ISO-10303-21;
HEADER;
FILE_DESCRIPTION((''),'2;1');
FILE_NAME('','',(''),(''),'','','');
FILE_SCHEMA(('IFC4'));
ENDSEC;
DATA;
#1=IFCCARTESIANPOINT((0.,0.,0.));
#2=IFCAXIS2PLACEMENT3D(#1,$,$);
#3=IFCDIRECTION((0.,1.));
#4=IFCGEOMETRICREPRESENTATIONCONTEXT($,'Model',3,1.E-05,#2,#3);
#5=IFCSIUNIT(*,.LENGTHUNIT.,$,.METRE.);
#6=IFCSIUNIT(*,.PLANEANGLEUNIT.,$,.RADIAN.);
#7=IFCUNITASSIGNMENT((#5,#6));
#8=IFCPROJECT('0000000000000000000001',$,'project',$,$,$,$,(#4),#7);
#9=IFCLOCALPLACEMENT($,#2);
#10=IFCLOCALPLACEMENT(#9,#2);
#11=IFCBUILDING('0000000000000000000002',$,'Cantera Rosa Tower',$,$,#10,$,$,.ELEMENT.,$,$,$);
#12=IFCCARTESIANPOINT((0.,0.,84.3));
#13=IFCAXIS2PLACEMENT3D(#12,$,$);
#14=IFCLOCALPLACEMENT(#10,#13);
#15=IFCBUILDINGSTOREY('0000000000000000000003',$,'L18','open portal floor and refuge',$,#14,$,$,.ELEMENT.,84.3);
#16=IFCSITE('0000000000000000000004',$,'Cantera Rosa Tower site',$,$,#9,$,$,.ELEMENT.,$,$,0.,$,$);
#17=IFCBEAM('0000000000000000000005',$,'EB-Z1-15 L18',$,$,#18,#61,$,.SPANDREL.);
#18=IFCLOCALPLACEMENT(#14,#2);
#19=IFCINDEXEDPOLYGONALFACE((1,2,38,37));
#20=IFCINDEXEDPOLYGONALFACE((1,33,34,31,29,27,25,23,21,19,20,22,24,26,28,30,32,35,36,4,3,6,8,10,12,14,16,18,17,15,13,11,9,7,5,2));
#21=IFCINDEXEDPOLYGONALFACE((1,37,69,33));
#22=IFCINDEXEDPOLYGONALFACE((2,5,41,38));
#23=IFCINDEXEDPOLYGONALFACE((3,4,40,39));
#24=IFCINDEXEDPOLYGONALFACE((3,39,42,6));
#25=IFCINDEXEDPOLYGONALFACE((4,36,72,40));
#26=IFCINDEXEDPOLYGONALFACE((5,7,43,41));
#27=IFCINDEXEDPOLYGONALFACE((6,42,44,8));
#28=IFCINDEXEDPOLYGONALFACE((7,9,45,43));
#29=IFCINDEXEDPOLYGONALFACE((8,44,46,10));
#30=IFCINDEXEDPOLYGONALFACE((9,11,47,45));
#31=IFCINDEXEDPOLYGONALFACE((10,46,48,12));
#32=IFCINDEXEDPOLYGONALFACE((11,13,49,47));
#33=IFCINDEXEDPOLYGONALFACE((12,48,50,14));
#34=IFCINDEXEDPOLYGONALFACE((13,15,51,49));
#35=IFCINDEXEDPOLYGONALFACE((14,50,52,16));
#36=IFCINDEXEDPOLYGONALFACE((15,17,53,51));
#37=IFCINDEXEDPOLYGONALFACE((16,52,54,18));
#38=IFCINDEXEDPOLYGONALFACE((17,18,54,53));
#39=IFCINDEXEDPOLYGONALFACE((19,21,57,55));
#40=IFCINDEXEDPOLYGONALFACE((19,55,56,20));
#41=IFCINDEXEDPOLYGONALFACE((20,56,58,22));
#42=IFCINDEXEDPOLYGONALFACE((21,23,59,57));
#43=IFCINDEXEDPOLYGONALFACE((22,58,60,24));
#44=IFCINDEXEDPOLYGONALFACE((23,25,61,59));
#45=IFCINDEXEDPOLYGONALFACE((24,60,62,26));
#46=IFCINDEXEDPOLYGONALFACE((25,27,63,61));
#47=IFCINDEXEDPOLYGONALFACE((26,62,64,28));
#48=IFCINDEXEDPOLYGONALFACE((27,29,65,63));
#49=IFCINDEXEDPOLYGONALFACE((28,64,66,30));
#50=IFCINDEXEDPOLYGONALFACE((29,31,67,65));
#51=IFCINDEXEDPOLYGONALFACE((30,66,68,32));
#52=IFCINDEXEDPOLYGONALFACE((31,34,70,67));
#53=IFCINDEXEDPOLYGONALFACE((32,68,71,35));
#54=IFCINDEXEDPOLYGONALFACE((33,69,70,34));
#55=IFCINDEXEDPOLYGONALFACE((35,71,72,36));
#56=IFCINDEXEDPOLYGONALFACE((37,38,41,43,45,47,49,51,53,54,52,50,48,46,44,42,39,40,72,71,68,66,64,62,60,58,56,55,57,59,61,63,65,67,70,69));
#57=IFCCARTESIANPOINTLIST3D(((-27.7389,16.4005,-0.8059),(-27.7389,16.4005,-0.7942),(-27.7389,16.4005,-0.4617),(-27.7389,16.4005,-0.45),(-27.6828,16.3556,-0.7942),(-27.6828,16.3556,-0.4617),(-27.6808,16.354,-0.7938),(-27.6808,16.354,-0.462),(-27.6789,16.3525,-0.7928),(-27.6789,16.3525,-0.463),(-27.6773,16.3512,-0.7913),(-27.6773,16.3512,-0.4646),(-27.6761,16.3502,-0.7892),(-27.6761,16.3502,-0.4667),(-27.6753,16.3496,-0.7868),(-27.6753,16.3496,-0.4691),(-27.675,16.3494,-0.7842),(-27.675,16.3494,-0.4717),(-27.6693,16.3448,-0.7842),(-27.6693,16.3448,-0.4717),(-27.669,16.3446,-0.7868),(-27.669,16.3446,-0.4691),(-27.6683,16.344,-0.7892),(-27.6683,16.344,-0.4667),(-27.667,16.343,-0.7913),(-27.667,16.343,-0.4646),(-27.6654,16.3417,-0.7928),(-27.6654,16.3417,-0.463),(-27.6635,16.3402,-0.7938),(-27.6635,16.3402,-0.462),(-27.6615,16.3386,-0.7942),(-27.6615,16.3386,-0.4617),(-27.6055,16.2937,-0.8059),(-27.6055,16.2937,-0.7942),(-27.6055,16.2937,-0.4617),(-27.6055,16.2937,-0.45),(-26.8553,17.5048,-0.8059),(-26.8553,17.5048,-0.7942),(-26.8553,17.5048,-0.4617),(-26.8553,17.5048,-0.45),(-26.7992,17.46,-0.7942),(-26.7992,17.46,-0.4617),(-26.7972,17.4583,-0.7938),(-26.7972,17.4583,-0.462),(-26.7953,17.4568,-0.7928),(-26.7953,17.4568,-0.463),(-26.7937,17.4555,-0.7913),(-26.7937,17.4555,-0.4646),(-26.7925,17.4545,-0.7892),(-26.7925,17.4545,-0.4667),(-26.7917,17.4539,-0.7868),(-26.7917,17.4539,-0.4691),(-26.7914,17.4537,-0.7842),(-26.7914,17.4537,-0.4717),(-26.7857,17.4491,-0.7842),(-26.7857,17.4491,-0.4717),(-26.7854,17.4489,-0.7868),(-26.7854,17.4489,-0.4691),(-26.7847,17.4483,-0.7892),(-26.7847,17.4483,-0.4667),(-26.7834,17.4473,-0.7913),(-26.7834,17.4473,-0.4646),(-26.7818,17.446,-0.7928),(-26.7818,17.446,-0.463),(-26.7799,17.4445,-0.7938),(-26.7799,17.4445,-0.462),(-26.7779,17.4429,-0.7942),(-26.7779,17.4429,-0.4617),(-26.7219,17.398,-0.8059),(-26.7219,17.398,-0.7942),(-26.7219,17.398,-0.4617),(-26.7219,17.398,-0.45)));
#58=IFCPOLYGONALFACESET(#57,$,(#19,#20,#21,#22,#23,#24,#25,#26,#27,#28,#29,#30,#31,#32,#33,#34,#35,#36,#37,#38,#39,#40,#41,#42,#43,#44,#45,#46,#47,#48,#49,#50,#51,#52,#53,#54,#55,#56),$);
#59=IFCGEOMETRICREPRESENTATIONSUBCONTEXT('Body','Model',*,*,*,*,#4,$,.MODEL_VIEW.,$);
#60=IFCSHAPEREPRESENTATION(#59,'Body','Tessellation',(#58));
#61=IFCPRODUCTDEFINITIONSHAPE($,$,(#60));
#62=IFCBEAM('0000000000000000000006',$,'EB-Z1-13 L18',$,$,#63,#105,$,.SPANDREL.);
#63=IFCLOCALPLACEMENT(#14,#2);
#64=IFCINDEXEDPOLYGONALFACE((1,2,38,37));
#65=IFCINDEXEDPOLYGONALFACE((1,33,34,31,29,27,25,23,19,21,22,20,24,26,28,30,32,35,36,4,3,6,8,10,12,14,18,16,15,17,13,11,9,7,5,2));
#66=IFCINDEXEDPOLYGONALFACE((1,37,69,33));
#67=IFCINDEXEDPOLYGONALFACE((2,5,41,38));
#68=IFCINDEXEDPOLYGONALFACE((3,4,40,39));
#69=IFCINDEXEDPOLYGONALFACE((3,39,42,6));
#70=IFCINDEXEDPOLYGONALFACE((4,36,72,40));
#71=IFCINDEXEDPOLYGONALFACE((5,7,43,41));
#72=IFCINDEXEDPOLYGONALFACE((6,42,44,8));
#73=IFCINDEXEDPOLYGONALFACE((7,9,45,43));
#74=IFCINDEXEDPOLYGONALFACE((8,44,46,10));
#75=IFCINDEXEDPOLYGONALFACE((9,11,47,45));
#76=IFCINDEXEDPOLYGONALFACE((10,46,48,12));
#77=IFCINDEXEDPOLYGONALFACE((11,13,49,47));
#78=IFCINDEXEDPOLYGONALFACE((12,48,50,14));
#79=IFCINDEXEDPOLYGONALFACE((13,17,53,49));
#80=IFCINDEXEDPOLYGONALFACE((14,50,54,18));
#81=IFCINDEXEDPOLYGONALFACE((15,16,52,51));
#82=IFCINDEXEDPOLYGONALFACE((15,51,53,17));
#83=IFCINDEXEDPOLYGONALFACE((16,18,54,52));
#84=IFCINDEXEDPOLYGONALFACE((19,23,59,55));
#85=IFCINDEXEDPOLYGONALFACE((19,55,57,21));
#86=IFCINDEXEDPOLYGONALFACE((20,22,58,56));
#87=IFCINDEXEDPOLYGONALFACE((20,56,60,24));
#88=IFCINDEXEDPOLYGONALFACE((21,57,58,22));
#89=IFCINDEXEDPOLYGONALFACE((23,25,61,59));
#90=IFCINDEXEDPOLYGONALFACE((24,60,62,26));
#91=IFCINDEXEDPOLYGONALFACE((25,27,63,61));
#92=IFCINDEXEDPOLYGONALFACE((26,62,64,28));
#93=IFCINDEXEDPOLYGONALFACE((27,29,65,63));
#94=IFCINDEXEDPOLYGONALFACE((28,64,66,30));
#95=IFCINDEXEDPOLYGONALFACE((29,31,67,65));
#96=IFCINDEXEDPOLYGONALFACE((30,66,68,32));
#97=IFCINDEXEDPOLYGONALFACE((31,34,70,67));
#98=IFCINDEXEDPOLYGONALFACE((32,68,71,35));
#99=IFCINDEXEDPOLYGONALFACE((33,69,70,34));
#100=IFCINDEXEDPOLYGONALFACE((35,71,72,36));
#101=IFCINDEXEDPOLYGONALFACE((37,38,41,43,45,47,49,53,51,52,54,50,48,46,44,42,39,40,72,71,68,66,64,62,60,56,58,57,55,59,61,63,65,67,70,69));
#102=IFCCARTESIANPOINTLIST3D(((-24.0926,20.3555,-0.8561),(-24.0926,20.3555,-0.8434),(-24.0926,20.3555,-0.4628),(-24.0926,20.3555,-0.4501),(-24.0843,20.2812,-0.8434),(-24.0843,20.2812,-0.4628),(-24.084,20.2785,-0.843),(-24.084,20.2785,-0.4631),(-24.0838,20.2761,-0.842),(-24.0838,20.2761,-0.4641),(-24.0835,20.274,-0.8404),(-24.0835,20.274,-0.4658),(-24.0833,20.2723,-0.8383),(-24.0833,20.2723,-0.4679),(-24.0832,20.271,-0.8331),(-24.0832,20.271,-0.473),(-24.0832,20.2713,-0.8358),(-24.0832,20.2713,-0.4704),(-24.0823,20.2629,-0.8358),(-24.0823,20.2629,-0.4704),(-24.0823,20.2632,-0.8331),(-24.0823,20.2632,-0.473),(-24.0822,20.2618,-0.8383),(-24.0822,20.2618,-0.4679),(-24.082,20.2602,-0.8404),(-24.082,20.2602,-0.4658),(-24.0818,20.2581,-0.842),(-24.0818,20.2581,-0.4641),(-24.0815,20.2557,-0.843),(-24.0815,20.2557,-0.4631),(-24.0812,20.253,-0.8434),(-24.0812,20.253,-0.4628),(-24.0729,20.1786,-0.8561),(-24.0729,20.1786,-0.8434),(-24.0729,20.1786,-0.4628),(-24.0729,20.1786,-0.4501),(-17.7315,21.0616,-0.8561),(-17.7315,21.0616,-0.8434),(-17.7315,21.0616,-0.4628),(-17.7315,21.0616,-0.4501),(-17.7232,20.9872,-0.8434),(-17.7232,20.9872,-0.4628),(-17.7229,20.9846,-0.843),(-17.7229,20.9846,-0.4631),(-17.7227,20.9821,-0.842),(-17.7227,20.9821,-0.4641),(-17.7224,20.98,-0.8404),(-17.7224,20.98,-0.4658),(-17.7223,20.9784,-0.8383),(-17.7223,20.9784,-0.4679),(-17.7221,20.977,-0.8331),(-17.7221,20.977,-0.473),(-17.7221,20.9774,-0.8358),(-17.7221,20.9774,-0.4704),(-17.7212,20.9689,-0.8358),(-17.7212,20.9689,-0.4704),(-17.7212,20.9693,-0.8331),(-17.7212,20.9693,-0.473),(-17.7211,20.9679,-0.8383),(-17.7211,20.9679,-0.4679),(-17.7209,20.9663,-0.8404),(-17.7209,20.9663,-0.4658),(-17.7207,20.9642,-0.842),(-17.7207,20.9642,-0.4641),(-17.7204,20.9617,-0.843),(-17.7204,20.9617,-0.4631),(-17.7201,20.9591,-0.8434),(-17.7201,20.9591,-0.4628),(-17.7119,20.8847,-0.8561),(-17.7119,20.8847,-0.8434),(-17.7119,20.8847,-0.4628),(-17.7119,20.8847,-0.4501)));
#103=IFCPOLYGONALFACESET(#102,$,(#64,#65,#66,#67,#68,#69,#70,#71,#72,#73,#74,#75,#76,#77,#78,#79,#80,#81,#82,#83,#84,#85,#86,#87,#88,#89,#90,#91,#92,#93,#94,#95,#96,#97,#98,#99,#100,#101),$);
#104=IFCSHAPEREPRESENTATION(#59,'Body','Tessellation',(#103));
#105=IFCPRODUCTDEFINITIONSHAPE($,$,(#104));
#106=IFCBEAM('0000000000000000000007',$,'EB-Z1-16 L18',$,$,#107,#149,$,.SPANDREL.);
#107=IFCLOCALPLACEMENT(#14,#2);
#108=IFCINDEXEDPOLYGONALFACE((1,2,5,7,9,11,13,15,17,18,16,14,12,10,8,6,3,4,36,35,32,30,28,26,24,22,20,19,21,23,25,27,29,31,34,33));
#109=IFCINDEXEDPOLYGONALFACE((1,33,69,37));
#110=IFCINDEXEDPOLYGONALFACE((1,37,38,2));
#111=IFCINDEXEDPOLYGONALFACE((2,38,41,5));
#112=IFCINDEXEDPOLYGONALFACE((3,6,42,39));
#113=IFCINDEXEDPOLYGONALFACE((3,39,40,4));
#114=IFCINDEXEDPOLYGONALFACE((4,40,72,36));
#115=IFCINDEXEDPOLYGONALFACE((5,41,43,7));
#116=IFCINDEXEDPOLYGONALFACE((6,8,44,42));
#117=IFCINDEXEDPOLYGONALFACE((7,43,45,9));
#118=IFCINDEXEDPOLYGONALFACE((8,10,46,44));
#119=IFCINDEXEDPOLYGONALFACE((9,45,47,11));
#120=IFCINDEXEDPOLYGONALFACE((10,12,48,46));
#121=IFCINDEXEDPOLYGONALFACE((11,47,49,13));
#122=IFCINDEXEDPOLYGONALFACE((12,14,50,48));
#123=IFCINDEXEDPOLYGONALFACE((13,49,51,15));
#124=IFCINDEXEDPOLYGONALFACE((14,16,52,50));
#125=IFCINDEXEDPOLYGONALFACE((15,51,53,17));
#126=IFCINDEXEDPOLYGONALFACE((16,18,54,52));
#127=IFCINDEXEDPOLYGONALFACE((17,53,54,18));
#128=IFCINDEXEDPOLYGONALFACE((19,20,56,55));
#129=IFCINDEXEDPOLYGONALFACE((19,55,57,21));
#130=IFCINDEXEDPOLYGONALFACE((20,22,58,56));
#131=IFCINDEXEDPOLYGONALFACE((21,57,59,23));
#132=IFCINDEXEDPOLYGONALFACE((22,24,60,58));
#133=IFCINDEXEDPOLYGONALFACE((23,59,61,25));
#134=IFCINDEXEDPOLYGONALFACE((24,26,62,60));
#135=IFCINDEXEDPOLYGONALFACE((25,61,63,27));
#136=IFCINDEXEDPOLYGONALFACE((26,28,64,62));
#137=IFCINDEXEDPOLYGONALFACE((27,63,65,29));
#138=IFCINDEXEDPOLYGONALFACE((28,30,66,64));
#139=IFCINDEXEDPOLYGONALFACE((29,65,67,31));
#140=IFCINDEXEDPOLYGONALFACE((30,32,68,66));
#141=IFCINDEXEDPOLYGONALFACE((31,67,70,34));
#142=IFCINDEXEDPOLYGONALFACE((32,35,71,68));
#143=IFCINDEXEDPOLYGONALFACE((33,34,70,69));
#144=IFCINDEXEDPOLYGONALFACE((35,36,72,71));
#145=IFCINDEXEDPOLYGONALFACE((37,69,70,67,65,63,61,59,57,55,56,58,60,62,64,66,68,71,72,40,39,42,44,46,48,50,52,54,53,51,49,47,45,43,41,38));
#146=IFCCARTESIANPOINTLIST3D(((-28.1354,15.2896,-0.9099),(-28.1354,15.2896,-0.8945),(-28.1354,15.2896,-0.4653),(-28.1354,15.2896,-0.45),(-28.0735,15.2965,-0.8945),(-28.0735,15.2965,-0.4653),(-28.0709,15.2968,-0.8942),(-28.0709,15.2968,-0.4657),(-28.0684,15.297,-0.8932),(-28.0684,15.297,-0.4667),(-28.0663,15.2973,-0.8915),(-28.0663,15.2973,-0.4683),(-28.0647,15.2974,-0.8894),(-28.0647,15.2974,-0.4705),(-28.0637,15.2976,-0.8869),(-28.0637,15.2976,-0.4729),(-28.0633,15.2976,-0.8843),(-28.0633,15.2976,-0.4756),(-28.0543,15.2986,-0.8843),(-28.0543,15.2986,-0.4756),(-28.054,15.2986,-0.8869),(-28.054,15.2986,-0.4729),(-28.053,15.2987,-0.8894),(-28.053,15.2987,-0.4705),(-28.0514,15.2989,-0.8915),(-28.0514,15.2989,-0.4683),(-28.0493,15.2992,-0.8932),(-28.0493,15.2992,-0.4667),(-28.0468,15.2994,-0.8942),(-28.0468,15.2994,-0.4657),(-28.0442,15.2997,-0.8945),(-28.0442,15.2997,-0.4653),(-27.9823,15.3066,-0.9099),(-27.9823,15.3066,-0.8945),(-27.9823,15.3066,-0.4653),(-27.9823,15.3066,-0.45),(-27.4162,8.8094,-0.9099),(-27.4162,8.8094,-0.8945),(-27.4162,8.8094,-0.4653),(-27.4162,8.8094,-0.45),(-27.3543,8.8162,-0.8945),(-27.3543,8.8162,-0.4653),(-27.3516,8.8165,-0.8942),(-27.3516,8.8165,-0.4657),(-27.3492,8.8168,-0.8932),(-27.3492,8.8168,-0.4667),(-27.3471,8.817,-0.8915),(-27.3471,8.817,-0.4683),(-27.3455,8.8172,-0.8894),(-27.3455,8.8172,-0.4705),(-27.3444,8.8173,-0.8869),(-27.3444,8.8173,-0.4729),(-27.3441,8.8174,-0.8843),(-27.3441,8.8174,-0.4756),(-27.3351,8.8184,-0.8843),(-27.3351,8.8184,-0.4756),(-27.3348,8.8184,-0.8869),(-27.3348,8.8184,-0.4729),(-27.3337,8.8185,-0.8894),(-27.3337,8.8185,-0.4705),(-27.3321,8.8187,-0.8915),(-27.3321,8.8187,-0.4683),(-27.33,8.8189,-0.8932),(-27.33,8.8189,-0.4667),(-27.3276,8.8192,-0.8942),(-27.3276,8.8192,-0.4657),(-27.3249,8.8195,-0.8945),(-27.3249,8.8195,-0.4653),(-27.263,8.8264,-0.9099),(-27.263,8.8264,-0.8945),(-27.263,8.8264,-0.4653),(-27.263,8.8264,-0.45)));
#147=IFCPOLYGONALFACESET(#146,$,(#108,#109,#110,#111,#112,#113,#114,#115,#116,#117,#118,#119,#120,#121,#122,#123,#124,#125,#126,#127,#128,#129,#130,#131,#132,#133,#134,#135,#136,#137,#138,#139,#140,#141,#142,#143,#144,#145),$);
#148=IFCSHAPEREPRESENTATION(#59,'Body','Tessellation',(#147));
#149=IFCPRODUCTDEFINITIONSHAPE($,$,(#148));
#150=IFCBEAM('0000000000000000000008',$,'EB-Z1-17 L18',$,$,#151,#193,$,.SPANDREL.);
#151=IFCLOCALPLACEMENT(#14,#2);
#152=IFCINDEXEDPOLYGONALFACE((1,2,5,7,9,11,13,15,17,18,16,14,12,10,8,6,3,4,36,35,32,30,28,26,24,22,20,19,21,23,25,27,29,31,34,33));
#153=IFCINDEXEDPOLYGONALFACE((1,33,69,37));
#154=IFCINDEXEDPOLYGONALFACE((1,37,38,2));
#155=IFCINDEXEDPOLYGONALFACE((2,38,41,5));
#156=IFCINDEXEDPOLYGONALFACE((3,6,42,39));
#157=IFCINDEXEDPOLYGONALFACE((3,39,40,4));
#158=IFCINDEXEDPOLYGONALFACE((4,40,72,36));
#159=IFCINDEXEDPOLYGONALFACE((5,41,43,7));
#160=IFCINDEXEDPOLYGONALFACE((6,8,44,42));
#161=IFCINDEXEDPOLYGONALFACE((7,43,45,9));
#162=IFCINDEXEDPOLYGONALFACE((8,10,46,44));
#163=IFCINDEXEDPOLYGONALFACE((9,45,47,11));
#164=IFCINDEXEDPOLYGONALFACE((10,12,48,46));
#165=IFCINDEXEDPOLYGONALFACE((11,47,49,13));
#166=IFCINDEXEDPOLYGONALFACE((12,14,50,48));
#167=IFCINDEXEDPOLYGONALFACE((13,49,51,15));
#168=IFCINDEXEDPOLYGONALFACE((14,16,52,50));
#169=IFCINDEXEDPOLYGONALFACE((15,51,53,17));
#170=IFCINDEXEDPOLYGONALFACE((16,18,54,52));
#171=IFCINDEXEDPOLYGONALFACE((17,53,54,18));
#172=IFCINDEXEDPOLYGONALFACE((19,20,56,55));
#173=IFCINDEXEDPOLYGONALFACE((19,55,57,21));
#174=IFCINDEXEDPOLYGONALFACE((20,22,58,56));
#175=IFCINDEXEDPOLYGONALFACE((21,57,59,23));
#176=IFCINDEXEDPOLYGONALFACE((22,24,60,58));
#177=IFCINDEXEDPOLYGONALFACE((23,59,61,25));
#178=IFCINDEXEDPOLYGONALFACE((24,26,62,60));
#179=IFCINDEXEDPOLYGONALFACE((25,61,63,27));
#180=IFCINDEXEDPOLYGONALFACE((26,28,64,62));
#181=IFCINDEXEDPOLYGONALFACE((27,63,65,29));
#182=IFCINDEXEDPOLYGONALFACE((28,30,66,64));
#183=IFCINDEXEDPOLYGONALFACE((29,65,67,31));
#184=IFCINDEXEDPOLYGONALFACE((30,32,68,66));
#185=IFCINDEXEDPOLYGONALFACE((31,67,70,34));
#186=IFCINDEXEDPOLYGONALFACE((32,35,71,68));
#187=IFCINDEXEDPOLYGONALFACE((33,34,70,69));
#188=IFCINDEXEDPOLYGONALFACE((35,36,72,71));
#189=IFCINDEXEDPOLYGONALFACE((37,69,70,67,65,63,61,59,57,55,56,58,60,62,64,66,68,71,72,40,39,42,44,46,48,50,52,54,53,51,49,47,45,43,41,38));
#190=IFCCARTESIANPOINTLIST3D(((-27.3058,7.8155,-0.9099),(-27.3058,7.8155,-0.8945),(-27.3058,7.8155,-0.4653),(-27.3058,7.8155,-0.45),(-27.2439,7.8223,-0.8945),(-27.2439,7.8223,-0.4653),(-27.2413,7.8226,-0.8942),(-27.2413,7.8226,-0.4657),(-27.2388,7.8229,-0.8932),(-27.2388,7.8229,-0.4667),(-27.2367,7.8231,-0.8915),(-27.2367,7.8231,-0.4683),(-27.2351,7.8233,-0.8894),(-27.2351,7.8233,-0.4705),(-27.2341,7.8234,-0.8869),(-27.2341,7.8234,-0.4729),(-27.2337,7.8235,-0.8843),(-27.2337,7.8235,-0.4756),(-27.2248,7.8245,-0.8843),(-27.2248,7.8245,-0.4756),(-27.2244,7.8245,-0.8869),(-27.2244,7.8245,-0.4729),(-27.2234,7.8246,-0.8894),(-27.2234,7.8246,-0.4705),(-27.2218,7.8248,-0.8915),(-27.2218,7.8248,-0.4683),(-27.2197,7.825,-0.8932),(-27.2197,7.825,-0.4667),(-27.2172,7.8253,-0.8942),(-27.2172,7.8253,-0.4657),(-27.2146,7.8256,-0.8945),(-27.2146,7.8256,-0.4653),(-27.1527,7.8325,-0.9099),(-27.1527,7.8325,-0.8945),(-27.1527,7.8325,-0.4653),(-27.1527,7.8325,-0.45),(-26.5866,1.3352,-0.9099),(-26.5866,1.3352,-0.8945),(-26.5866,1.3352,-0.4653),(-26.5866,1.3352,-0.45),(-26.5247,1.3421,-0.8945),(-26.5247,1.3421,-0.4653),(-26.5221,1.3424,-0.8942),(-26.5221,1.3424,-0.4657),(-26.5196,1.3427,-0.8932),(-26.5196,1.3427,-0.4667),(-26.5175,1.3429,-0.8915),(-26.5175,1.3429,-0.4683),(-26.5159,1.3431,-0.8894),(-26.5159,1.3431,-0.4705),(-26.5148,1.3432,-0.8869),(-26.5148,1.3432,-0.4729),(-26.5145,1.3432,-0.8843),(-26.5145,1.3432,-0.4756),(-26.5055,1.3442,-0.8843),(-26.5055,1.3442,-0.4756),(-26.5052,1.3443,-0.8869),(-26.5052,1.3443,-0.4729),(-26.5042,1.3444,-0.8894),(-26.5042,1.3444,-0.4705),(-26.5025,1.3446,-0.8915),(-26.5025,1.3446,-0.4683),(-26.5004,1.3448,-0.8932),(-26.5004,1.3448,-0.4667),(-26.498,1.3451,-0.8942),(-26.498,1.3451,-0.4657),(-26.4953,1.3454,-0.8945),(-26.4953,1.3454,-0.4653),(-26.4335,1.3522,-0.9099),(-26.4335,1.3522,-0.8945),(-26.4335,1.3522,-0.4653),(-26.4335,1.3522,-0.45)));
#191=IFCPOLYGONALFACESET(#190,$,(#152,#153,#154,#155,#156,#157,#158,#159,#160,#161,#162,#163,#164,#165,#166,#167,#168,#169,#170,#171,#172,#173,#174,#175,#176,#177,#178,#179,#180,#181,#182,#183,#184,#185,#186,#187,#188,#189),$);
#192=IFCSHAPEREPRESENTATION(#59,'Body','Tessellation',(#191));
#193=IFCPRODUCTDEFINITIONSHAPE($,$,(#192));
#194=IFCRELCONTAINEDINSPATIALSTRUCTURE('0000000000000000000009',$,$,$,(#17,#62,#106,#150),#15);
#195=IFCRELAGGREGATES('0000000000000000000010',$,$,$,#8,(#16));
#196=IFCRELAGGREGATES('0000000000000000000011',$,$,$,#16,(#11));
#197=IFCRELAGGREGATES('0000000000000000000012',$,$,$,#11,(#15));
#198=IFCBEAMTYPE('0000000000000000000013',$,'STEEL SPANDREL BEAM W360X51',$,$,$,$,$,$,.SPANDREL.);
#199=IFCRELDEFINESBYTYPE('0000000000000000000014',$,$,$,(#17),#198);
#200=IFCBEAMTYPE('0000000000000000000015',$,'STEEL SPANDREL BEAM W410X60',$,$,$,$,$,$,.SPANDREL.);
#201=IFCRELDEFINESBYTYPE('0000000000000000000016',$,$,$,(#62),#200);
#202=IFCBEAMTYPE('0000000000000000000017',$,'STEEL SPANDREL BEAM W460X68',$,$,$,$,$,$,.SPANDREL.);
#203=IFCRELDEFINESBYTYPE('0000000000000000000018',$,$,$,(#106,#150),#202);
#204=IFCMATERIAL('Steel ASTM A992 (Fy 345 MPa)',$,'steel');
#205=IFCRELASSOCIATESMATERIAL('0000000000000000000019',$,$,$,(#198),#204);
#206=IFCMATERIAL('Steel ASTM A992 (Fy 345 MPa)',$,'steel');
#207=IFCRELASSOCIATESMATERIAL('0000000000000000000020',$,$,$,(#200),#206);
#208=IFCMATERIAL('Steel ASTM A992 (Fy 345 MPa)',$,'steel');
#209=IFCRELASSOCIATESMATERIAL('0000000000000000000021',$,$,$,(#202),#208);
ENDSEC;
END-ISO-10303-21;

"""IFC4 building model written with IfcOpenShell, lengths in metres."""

from ifc_helpers import new_model, si_unit, direction, frame, origin, origin_2d, place, context, subcontext, project, spatial, i_section, extrude, material, material_profile, profile_set, type_object, element, save


model = new_model("IFC4")

# Units and contexts
model_context = context("Model", 3, precision=1e-05, world=origin(), true_north=direction((0.0, 1.0)))
body_context = subcontext(model_context, "Body", "Model", "MODEL_VIEW")
ifc_project = project(units=[si_unit("LENGTHUNIT", "METRE"), si_unit("PLANEANGLEUNIT", "RADIAN")], contexts=[model_context])

# Site, building, storey
site_placement = place(None, origin())
site = spatial("IfcSite", under=ifc_project, at=site_placement, Name="Cantera Rosa Tower site", CompositionType="ELEMENT", RefElevation=0.0)
building_placement = place(site_placement, origin())
building = spatial("IfcBuilding", under=site, at=building_placement, Name="Cantera Rosa Tower", CompositionType="ELEMENT")
storey_placement = place(building_placement, frame((0.0, 0.0, 84.3)))
storey = spatial("IfcBuildingStorey", under=building, at=storey_placement, Name="L18", Description="open portal floor and refuge", CompositionType="ELEMENT", Elevation=84.3)

# Beams
ifc_material_1 = material(Name="Steel ASTM A992 (Fy 345 MPa)", Category="steel")
ifc_material_profile_1 = material_profile(ifc_material_1, i_section(OverallWidth=0.1709, OverallDepth=0.356, WebThickness=0.0073, FlangeThickness=0.0117, FilletRadius=0.01, at=origin_2d()), Name="W360X51")
ifc_profile_set_1 = profile_set([ifc_material_profile_1], Name="Steel ASTM A992 (Fy 345 MPa)")
beam_type_1 = type_object("IfcBeamType", Name="STEEL SPANDREL BEAM W360X51", PredefinedType="SPANDREL", material=ifc_profile_set_1)
for number, where, z_axis, x_axis, name in (
    (1, (-26.7886, 17.4514, -0.6279), (-0.624758, -0.780818, 0.0), (0.780818, -0.624758, 0.0), "EB-Z1-15 L18"),
):
    element("IfcBeam", number, at=place(storey_placement, frame(where, z_axis=z_axis, x_axis=x_axis)), inside=storey, type_object=beam_type_1, Name=name, PredefinedType="SPANDREL", context=body_context, shape_type="SweptSolid", body=[
        extrude(i_section(OverallWidth=0.1709, OverallDepth=0.356, WebThickness=0.0073, FlangeThickness=0.0117, FilletRadius=0.01, at=origin_2d()), origin(), (0.0, 0.0, 1.0), 1.4143),
    ])
ifc_material_2 = material(Name="Steel ASTM A992 (Fy 345 MPa)", Category="steel")
ifc_material_profile_2 = material_profile(ifc_material_2, i_section(OverallWidth=0.178, OverallDepth=0.406, WebThickness=0.0078, FlangeThickness=0.0127, FilletRadius=0.0103, at=origin_2d()), Name="W410X60")
ifc_profile_set_2 = profile_set([ifc_material_profile_2], Name="Steel ASTM A992 (Fy 345 MPa)")
beam_type_2 = type_object("IfcBeamType", Name="STEEL SPANDREL BEAM W410X60", PredefinedType="SPANDREL", material=ifc_profile_set_2)
beam_1_placement = place(storey_placement, frame((-17.7217, 20.9731, -0.6531), z_axis=(-0.993896, -0.110318, 0.0), x_axis=(0.110318, -0.993896, 0.0)))
element("IfcBeam", 2, at=beam_1_placement, inside=storey, type_object=beam_type_2, Name="EB-Z1-13 L18", PredefinedType="SPANDREL", context=body_context, shape_type="SweptSolid", body=[
    extrude(i_section(OverallWidth=0.178, OverallDepth=0.406, WebThickness=0.0078, FlangeThickness=0.0127, FilletRadius=0.0103, at=origin_2d()), origin(), (0.0, 0.0, 1.0), 6.4001),
])
ifc_material_3 = material(Name="Steel ASTM A992 (Fy 345 MPa)", Category="steel")
ifc_material_profile_3 = material_profile(ifc_material_3, i_section(OverallWidth=0.1541, OverallDepth=0.46, WebThickness=0.009, FlangeThickness=0.0154, FilletRadius=0.0103, at=origin_2d()), Name="W460X68")
ifc_profile_set_3 = profile_set([ifc_material_profile_3], Name="Steel ASTM A992 (Fy 345 MPa)")
beam_type_3 = type_object("IfcBeamType", Name="STEEL SPANDREL BEAM W460X68", PredefinedType="SPANDREL", material=ifc_profile_set_3)
for number, where, z_axis, x_axis, name in (
    (3, (-28.0588, 15.2981, -0.6799), (0.110312, -0.993897, 0.0), (0.993897, 0.110312, 0.0), "EB-Z1-16 L18"),
    (4, (-27.2292, 7.824, -0.6799), (0.110312, -0.993897, 0.0), (0.993897, 0.110312, 0.0), "EB-Z1-17 L18"),
):
    element("IfcBeam", number, at=place(storey_placement, frame(where, z_axis=z_axis, x_axis=x_axis)), inside=storey, type_object=beam_type_3, Name=name, PredefinedType="SPANDREL", context=body_context, shape_type="SweptSolid", body=[
        extrude(i_section(OverallWidth=0.1541, OverallDepth=0.46, WebThickness=0.009, FlangeThickness=0.0154, FilletRadius=0.0103, at=origin_2d()), origin(), (0.0, 0.0, 1.0), 6.52),
    ])

save(model, "model.ifc")
